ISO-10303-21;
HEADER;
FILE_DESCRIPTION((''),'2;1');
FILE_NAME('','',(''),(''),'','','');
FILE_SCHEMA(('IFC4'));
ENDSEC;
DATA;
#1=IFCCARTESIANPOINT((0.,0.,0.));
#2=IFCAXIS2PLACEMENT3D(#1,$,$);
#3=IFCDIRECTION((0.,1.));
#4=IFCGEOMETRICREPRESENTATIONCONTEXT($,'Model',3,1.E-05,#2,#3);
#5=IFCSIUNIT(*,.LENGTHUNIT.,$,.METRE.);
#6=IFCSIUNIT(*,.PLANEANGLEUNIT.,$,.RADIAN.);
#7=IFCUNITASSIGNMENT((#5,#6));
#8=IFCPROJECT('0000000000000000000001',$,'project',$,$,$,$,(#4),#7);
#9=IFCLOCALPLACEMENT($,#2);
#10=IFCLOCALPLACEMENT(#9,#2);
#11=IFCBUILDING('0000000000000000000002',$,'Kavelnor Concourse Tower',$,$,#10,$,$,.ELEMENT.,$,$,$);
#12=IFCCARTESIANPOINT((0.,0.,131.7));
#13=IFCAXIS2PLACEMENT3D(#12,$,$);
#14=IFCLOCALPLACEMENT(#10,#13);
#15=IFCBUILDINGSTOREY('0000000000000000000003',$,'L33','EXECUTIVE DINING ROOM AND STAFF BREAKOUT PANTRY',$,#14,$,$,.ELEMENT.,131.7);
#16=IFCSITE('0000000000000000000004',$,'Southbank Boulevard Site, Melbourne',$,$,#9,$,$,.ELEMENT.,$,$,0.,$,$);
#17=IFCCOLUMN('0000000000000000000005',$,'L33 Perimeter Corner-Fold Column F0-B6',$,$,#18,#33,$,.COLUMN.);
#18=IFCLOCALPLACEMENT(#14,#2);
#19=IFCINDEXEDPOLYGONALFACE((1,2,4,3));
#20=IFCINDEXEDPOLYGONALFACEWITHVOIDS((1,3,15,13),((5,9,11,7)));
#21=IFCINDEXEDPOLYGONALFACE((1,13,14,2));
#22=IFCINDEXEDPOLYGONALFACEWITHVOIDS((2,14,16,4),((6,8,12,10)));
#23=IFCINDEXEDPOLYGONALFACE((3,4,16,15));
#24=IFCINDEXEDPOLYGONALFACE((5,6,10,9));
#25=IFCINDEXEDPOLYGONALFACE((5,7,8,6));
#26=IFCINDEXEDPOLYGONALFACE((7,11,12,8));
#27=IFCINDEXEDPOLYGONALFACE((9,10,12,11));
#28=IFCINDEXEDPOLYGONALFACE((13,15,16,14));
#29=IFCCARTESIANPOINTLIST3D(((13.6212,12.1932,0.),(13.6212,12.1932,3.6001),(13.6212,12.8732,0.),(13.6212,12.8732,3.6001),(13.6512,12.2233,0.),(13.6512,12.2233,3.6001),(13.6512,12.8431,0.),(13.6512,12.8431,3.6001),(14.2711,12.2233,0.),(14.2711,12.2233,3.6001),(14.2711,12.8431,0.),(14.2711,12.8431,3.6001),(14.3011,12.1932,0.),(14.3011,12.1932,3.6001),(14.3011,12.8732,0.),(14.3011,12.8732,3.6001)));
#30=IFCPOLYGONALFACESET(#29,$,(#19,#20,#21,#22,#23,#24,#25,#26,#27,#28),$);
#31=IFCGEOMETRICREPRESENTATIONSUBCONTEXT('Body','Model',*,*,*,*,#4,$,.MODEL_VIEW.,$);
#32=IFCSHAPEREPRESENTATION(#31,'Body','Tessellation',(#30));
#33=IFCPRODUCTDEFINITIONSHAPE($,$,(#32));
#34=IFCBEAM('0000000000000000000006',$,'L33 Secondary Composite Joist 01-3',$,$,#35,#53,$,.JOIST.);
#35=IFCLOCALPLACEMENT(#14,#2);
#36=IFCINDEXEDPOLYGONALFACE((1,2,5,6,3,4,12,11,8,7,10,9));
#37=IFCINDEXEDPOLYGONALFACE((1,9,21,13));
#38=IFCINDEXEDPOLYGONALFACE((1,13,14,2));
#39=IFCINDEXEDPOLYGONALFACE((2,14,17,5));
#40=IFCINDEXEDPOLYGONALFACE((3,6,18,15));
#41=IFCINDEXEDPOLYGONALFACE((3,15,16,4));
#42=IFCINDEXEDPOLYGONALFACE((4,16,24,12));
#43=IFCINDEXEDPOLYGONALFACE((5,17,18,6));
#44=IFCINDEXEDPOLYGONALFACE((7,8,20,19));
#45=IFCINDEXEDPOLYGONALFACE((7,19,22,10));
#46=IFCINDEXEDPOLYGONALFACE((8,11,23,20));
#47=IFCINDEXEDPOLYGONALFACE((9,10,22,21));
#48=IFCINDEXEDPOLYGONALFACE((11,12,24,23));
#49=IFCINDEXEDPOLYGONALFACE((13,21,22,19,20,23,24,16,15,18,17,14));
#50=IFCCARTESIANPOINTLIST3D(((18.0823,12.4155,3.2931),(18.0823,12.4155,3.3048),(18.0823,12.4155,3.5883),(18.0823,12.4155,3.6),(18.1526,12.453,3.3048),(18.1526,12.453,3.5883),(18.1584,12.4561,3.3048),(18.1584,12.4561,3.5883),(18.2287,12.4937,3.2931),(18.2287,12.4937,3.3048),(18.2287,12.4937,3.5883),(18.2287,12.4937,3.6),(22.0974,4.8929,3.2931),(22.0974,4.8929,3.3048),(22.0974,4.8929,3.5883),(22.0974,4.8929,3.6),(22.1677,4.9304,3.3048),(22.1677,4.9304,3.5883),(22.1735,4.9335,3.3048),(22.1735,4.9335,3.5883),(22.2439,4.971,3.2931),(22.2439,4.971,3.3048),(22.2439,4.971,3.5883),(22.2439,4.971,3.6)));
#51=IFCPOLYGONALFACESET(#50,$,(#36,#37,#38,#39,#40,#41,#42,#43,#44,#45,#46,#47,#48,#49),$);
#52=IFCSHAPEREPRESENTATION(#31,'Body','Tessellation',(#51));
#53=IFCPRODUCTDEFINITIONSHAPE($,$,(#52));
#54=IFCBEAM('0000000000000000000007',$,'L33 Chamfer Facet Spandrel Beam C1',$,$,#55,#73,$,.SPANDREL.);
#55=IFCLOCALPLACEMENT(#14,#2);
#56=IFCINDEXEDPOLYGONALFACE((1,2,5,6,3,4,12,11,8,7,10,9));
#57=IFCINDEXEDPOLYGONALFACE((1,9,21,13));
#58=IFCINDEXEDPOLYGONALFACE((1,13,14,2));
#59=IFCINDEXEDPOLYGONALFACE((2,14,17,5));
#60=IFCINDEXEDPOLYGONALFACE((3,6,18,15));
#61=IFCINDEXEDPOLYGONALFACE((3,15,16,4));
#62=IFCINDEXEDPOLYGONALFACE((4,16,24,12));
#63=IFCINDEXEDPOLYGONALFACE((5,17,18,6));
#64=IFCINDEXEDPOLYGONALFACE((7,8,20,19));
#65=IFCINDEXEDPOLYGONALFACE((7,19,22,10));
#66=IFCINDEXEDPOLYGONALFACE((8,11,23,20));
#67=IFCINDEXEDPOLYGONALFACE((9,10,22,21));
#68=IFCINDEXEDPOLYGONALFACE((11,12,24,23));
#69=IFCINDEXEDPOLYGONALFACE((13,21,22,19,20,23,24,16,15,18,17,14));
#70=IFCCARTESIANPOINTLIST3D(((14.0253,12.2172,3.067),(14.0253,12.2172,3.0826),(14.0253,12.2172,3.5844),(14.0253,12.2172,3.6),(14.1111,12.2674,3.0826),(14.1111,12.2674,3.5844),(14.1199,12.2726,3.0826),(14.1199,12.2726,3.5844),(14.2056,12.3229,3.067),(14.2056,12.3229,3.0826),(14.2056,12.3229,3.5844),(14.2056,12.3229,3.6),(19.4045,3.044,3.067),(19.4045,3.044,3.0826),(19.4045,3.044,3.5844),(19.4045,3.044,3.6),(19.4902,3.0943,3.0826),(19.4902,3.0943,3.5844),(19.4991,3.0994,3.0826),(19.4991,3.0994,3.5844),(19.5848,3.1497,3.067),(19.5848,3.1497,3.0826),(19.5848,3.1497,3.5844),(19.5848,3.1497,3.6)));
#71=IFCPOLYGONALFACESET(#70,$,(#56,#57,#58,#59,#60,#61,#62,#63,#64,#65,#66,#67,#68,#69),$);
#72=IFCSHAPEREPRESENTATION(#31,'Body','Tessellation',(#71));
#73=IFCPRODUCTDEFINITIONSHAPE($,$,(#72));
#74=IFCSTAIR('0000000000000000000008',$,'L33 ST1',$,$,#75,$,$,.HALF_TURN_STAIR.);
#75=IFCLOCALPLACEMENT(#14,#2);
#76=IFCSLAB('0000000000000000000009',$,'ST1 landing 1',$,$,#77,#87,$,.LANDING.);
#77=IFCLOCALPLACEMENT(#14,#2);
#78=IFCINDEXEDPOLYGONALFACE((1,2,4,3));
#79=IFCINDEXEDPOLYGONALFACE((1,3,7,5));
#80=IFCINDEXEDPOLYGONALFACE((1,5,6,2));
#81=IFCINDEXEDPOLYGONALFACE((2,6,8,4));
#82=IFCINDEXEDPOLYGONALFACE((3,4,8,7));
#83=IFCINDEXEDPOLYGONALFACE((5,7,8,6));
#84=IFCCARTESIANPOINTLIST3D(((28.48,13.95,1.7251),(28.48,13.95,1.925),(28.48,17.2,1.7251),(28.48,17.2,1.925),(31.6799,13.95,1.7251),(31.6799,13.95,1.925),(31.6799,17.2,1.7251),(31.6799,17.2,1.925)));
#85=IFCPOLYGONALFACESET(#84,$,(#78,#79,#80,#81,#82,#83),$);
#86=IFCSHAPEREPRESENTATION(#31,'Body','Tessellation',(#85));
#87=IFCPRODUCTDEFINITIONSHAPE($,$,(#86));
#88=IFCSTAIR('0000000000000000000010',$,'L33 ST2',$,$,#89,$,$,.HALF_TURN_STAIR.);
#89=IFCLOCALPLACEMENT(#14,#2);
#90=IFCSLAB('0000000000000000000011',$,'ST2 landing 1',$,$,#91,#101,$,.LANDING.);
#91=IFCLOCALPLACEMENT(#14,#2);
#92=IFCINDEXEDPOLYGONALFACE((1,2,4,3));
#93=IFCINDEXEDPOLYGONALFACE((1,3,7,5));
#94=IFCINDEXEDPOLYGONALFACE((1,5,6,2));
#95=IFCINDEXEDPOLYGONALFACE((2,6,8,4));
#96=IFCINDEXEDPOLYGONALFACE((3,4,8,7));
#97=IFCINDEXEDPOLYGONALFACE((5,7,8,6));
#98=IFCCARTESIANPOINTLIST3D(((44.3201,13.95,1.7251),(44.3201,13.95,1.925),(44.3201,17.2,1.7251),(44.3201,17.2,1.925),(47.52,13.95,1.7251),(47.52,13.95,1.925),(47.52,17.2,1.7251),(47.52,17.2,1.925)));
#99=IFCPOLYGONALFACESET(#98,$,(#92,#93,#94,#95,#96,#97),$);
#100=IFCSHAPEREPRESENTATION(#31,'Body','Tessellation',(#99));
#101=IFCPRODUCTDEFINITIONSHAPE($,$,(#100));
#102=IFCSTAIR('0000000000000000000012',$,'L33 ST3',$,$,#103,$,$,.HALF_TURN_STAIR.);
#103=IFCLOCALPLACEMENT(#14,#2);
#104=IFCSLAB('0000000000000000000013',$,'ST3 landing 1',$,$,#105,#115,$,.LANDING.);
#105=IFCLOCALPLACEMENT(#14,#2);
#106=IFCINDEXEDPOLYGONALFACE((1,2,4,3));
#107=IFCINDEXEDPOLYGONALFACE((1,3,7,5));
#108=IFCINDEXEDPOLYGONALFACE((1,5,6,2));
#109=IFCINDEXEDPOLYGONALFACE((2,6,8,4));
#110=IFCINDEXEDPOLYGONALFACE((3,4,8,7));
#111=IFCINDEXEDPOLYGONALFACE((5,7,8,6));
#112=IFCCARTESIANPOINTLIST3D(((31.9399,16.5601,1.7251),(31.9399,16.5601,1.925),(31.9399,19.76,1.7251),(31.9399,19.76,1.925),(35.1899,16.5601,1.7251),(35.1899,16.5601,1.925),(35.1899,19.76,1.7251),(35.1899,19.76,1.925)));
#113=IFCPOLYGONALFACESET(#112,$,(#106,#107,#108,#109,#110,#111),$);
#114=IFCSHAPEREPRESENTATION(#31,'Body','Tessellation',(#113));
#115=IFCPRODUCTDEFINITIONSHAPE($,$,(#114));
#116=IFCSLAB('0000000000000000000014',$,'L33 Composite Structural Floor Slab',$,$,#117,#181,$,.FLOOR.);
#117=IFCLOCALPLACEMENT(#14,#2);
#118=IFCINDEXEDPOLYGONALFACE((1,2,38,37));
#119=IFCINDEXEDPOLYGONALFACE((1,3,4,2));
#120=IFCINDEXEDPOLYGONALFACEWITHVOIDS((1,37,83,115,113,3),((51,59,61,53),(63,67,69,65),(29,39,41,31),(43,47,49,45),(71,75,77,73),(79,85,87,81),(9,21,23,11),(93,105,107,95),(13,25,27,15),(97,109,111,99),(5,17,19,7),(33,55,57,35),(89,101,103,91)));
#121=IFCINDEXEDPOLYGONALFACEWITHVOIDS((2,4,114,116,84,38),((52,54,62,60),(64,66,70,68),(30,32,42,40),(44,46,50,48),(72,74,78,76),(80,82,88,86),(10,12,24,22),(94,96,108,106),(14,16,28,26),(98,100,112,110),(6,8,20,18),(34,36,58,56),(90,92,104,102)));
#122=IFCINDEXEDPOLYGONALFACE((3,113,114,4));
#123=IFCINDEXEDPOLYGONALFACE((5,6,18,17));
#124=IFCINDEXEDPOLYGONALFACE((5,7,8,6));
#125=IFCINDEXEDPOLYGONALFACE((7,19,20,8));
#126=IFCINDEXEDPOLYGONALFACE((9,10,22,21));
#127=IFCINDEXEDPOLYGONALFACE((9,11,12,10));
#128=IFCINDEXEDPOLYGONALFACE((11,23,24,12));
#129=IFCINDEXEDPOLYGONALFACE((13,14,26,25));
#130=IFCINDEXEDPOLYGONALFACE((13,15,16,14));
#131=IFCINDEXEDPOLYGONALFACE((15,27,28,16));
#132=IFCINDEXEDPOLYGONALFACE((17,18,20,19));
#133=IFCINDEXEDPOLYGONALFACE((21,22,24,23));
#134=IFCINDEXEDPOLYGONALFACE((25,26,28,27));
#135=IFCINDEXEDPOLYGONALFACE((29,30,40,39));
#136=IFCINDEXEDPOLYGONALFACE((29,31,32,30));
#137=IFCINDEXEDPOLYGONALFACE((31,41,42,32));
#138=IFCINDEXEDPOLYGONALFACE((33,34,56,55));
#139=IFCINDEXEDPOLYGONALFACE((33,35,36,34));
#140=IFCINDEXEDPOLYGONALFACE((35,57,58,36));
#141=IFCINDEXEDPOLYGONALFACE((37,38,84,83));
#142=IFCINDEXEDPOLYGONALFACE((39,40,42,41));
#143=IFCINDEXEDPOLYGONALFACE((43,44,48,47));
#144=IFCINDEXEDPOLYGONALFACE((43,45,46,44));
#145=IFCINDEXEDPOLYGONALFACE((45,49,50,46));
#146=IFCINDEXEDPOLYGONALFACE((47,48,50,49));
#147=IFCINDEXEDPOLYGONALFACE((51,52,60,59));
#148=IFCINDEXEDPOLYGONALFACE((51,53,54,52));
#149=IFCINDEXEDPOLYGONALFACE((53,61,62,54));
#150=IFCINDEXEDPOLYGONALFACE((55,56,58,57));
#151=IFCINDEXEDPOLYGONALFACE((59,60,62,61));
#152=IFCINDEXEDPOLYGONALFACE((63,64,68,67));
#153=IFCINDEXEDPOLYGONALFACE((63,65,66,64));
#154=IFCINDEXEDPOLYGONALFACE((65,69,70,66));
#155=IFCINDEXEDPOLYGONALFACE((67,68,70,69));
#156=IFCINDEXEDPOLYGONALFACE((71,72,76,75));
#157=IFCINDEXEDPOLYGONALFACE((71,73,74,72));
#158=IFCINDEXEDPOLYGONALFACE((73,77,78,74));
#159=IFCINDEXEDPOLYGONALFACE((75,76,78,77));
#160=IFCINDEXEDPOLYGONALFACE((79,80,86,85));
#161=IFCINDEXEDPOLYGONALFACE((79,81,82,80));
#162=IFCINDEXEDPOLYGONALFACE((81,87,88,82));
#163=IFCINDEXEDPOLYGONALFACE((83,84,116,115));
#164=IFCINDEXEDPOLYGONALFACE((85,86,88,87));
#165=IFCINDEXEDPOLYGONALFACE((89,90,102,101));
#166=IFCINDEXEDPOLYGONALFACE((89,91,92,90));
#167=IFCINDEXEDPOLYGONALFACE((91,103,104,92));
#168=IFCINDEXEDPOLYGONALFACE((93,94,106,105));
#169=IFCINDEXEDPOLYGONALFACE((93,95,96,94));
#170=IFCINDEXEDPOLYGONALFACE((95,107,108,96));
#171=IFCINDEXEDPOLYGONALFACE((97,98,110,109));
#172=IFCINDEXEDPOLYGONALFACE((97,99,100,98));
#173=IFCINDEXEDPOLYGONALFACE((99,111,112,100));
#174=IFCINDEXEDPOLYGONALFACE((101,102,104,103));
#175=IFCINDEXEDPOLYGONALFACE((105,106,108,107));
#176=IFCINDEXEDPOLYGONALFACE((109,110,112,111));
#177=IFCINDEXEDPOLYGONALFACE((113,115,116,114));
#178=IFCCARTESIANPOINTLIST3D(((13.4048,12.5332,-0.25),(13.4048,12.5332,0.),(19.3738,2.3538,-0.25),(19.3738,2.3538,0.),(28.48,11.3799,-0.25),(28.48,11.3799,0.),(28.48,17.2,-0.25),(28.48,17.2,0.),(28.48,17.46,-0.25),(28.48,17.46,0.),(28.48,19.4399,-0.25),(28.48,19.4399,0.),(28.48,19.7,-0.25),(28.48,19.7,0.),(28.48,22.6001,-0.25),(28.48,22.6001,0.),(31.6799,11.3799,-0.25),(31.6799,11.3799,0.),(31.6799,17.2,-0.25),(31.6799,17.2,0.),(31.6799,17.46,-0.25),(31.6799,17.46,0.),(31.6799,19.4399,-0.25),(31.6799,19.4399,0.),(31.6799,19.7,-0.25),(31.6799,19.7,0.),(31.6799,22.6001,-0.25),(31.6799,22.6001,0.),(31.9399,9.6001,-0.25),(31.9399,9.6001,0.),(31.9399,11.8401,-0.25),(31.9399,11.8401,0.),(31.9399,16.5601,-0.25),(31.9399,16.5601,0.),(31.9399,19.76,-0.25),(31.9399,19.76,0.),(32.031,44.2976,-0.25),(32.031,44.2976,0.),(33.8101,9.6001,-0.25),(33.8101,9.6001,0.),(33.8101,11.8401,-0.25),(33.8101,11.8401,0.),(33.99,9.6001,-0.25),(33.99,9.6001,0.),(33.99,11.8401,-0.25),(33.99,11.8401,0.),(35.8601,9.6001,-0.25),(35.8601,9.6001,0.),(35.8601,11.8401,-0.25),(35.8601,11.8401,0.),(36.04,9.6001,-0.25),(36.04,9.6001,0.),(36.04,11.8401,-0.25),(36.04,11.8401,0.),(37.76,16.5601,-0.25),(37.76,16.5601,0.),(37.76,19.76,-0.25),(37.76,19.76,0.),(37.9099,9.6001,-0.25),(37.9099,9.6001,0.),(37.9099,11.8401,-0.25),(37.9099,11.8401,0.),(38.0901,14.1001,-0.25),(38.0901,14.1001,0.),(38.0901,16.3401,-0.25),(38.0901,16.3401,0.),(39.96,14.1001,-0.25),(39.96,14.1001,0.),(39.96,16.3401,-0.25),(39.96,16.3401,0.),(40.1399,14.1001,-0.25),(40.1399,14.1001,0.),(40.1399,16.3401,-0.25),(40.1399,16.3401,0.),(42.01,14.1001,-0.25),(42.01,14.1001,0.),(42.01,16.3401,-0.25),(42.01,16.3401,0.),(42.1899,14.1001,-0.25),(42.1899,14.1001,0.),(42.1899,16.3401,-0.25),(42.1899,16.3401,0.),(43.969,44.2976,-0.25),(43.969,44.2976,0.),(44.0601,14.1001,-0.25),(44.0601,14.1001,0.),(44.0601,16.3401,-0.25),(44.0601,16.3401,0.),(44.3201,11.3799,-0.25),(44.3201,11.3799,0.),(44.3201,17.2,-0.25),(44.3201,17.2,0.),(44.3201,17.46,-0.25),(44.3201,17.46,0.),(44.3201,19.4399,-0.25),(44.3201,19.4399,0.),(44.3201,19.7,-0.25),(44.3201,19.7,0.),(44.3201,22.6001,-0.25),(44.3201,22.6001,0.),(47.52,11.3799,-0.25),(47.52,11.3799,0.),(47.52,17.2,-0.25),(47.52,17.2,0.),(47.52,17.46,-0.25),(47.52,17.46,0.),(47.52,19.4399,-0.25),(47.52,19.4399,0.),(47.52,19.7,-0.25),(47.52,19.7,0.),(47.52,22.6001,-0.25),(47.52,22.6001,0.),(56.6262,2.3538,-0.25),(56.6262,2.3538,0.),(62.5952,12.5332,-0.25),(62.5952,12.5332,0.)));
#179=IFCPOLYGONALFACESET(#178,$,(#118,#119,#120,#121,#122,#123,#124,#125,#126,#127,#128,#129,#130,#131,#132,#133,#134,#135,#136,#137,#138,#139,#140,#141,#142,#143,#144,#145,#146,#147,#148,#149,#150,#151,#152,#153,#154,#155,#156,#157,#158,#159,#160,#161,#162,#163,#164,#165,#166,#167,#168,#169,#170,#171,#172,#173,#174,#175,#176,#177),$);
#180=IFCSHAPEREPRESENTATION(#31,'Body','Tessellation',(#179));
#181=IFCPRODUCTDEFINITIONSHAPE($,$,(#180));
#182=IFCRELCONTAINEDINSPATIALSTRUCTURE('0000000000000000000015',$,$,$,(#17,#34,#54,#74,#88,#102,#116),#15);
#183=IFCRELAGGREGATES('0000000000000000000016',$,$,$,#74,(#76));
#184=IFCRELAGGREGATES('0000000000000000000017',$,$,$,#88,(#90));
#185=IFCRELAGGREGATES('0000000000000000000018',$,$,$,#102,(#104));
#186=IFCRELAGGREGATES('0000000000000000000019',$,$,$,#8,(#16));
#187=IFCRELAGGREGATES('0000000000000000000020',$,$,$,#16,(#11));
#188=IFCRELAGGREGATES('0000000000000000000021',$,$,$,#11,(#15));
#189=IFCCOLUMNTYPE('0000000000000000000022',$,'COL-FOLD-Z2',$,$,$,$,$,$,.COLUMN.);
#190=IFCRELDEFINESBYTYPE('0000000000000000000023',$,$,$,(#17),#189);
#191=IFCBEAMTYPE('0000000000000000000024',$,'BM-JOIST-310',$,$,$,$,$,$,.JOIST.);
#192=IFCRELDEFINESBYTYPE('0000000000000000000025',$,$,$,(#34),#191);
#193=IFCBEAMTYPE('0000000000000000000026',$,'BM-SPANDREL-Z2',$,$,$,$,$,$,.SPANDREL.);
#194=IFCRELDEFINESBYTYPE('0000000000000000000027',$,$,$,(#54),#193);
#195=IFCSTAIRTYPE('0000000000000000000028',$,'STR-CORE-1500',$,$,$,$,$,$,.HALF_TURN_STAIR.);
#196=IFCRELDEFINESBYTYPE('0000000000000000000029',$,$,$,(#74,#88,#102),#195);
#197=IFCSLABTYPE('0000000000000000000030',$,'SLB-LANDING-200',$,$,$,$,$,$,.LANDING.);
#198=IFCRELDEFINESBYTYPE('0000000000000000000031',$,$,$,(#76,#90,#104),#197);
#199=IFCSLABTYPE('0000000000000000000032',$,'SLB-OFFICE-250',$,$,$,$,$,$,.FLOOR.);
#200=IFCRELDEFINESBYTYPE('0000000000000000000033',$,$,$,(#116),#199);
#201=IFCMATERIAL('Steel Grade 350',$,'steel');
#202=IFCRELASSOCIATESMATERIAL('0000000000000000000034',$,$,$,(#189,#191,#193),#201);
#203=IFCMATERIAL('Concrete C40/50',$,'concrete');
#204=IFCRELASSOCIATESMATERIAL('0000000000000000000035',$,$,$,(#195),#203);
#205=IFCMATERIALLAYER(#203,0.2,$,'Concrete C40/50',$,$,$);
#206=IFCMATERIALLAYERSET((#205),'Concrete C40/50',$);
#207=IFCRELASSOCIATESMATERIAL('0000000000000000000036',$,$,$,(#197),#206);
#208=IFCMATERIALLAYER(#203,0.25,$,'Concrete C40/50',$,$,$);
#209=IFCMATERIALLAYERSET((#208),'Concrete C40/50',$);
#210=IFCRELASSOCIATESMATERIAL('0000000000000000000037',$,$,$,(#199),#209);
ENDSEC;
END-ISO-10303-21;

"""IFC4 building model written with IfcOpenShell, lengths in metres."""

from ifc_helpers import new_model, si_unit, direction, frame, origin, origin_2d, place, context, subcontext, project, spatial, polyline, hollow_rectangle, i_section, outline, extrude, material, layer, layer_set, material_profile, profile_set, type_object, element, aggregate, save


model = new_model("IFC4")

# Units and contexts
model_context = context("Model", 3, precision=1e-05, world=origin(), true_north=direction((0.0, 1.0)))
body_context = subcontext(model_context, "Body", "Model", "MODEL_VIEW")
ifc_project = project(units=[si_unit("LENGTHUNIT", "METRE"), si_unit("PLANEANGLEUNIT", "RADIAN")], contexts=[model_context])

# Site, building, storey
site_placement = place(None, origin())
site = spatial("IfcSite", under=ifc_project, at=site_placement, Name="Southbank Boulevard Site, Melbourne", CompositionType="ELEMENT", RefElevation=0.0)
building_placement = place(site_placement, origin())
building = spatial("IfcBuilding", under=site, at=building_placement, Name="Kavelnor Concourse Tower", CompositionType="ELEMENT")
storey_placement = place(building_placement, frame((0.0, 0.0, 131.7)))
storey = spatial("IfcBuildingStorey", under=building, at=storey_placement, Name="L33", Description="EXECUTIVE DINING ROOM AND STAFF BREAKOUT PANTRY", CompositionType="ELEMENT", Elevation=131.7)

# Column
ifc_material_1 = material(Name="Steel Grade 350", Category="steel")
ifc_material_profile_1 = material_profile(ifc_material_1, hollow_rectangle(XDim=0.6799, YDim=0.6799, WallThickness=0.03, at=origin_2d()), Name="SHS 680x680x30")
ifc_profile_set_1 = profile_set([ifc_material_profile_1], Name="Steel Grade 350")
column_type = type_object("IfcColumnType", Name="COL-FOLD-Z2", PredefinedType="COLUMN", material=ifc_profile_set_1)
column_placement = place(storey_placement, frame((13.9612, 12.5332, 0.0), z_axis=(0.0, 0.0, 1.0), x_axis=(1.0, 0.0, 0.0)))
element("IfcColumn", 1, at=column_placement, inside=storey, type_object=column_type, Name="L33 Perimeter Corner-Fold Column F0-B6", PredefinedType="COLUMN", context=body_context, shape_type="SweptSolid", body=[
    extrude(hollow_rectangle(XDim=0.6799, YDim=0.6799, WallThickness=0.03, at=origin_2d()), origin(), (0.0, 0.0, 1.0), 3.6001),
])

# Beams
ifc_material_profile_2 = material_profile(ifc_material_1, i_section(OverallWidth=0.166, OverallDepth=0.3069, WebThickness=0.0066, FlangeThickness=0.0117, at=origin_2d()), Name="310UB46")
ifc_profile_set_2 = profile_set([ifc_material_profile_2], Name="Steel Grade 350")
beam_type_1 = type_object("IfcBeamType", Name="BM-JOIST-310", PredefinedType="JOIST", material=ifc_profile_set_2)
beam_1_placement = place(storey_placement, frame((18.1555, 12.4546, 3.4465), z_axis=(0.470865, -0.882205, 0.0), x_axis=(0.882205, 0.470865, 0.0)))
element("IfcBeam", 2, at=beam_1_placement, inside=storey, type_object=beam_type_1, Name="L33 Secondary Composite Joist 01-3", PredefinedType="JOIST", context=body_context, shape_type="SweptSolid", body=[
    extrude(i_section(OverallWidth=0.166, OverallDepth=0.3069, WebThickness=0.0066, FlangeThickness=0.0117, at=origin_2d()), origin(), (0.0, 0.0, 1.0), 8.5271),
])
ifc_material_profile_3 = material_profile(ifc_material_1, i_section(OverallWidth=0.209, OverallDepth=0.533, WebThickness=0.0103, FlangeThickness=0.0156, at=origin_2d()), Name="530UB92")
ifc_profile_set_3 = profile_set([ifc_material_profile_3], Name="Steel Grade 350")
beam_type_2 = type_object("IfcBeamType", Name="BM-SPANDREL-Z2", PredefinedType="SPANDREL", material=ifc_profile_set_3)
beam_2_placement = place(storey_placement, frame((14.1155, 12.27, 3.3335), z_axis=(0.505847, -0.862623, 0.0), x_axis=(0.862623, 0.505847, 0.0)))
element("IfcBeam", 3, at=beam_2_placement, inside=storey, type_object=beam_type_2, Name="L33 Chamfer Facet Spandrel Beam C1", PredefinedType="SPANDREL", context=body_context, shape_type="SweptSolid", body=[
    extrude(i_section(OverallWidth=0.209, OverallDepth=0.533, WebThickness=0.0103, FlangeThickness=0.0156, at=origin_2d()), origin(), (0.0, 0.0, 1.0), 10.634),
])

# Stairs, slabs
ifc_material_2 = material(Name="Concrete C40/50", Category="concrete")
stair_type = type_object("IfcStairType", Name="STR-CORE-1500", PredefinedType="HALF_TURN_STAIR", material=ifc_material_2)
stair_1_placement = place(storey_placement, origin())
stair_1 = element("IfcStair", 4, at=stair_1_placement, inside=storey, type_object=stair_type, Name="L33 ST1", PredefinedType="HALF_TURN_STAIR")
ifc_layer_1 = layer(ifc_material_2, 0.2, Name="Concrete C40/50")
ifc_layer_set_1 = layer_set([ifc_layer_1], Name="Concrete C40/50")
slab_type_1 = type_object("IfcSlabType", Name="SLB-LANDING-200", PredefinedType="LANDING", material=ifc_layer_set_1)
slab_1_placement = place(storey_placement, frame((0.0, 0.0, 1.7251)))
slab_1 = element("IfcSlab", 5, at=slab_1_placement, type_object=slab_type_1, Name="ST1 landing 1", PredefinedType="LANDING", context=body_context, shape_type="SweptSolid", body=[
    extrude(outline(polyline([(31.6799, 13.95), (31.6799, 17.2), (28.48, 17.2), (28.48, 13.95), (31.6799, 13.95)])), origin(), (0.0, 0.0, 1.0), 0.2),
])
aggregate(stair_1, [slab_1])
stair_2_placement = place(storey_placement, origin())
stair_2 = element("IfcStair", 6, at=stair_2_placement, inside=storey, type_object=stair_type, Name="L33 ST2", PredefinedType="HALF_TURN_STAIR")
slab_2_placement = place(storey_placement, frame((0.0, 0.0, 1.7251)))
slab_2 = element("IfcSlab", 7, at=slab_2_placement, type_object=slab_type_1, Name="ST2 landing 1", PredefinedType="LANDING", context=body_context, shape_type="SweptSolid", body=[
    extrude(outline(polyline([(47.52, 13.95), (47.52, 17.2), (44.3201, 17.2), (44.3201, 13.95), (47.52, 13.95)])), origin(), (0.0, 0.0, 1.0), 0.2),
])
aggregate(stair_2, [slab_2])
stair_3_placement = place(storey_placement, origin())
stair_3 = element("IfcStair", 8, at=stair_3_placement, inside=storey, type_object=stair_type, Name="L33 ST3", PredefinedType="HALF_TURN_STAIR")
slab_3_placement = place(storey_placement, frame((0.0, 0.0, 1.7251)))
slab_3 = element("IfcSlab", 9, at=slab_3_placement, type_object=slab_type_1, Name="ST3 landing 1", PredefinedType="LANDING", context=body_context, shape_type="SweptSolid", body=[
    extrude(outline(polyline([(35.1899, 19.76), (31.9399, 19.76), (31.9399, 16.5601), (35.1899, 16.5601), (35.1899, 19.76)])), origin(), (0.0, 0.0, 1.0), 0.2),
])
aggregate(stair_3, [slab_3])

# Slab
ifc_layer_2 = layer(ifc_material_2, 0.25, Name="Concrete C40/50")
ifc_layer_set_2 = layer_set([ifc_layer_2], Name="Concrete C40/50")
slab_type_2 = type_object("IfcSlabType", Name="SLB-OFFICE-250", PredefinedType="FLOOR", material=ifc_layer_set_2)
slab_4_placement = place(storey_placement, frame((0.0, 0.0, -0.25)))
element("IfcSlab", 10, at=slab_4_placement, inside=storey, type_object=slab_type_2, Name="L33 Composite Structural Floor Slab", PredefinedType="FLOOR", context=body_context, shape_type="SweptSolid", body=[
    extrude(outline(polyline([(43.969, 44.2976), (32.031, 44.2976), (13.4048, 12.5332), (19.3738, 2.3538), (56.6262, 2.3538), (62.5952, 12.5332), (43.969, 44.2976)]), holes=[polyline([(28.48, 11.3799), (31.6799, 11.3799), (31.6799, 17.2), (28.48, 17.2), (28.48, 11.3799)]), polyline([(44.3201, 11.3799), (47.52, 11.3799), (47.52, 17.2), (44.3201, 17.2), (44.3201, 11.3799)]), polyline([(31.9399, 16.5601), (37.76, 16.5601), (37.76, 19.76), (31.9399, 19.76), (31.9399, 16.5601)]), polyline([(28.48, 19.7), (31.6799, 19.7), (31.6799, 22.6001), (28.48, 22.6001), (28.48, 19.7)]), polyline([(44.3201, 19.7), (47.52, 19.7), (47.52, 22.6001), (44.3201, 22.6001), (44.3201, 19.7)]), polyline([(38.0901, 14.1001), (39.96, 14.1001), (39.96, 16.3401), (38.0901, 16.3401), (38.0901, 14.1001)]), polyline([(40.1399, 14.1001), (42.01, 14.1001), (42.01, 16.3401), (40.1399, 16.3401), (40.1399, 14.1001)]), polyline([(42.1899, 14.1001), (44.0601, 14.1001), (44.0601, 16.3401), (42.1899, 16.3401), (42.1899, 14.1001)]), polyline([(31.9399, 9.6001), (33.8101, 9.6001), (33.8101, 11.8401), (31.9399, 11.8401), (31.9399, 9.6001)]), polyline([(33.99, 9.6001), (35.8601, 9.6001), (35.8601, 11.8401), (33.99, 11.8401), (33.99, 9.6001)]), polyline([(36.04, 9.6001), (37.9099, 9.6001), (37.9099, 11.8401), (36.04, 11.8401), (36.04, 9.6001)]), polyline([(28.48, 17.46), (31.6799, 17.46), (31.6799, 19.4399), (28.48, 19.4399), (28.48, 17.46)]), polyline([(44.3201, 17.46), (47.52, 17.46), (47.52, 19.4399), (44.3201, 19.4399), (44.3201, 17.46)])]), origin(), (0.0, 0.0, 1.0), 0.25),
])

save(model, "model.ifc")
